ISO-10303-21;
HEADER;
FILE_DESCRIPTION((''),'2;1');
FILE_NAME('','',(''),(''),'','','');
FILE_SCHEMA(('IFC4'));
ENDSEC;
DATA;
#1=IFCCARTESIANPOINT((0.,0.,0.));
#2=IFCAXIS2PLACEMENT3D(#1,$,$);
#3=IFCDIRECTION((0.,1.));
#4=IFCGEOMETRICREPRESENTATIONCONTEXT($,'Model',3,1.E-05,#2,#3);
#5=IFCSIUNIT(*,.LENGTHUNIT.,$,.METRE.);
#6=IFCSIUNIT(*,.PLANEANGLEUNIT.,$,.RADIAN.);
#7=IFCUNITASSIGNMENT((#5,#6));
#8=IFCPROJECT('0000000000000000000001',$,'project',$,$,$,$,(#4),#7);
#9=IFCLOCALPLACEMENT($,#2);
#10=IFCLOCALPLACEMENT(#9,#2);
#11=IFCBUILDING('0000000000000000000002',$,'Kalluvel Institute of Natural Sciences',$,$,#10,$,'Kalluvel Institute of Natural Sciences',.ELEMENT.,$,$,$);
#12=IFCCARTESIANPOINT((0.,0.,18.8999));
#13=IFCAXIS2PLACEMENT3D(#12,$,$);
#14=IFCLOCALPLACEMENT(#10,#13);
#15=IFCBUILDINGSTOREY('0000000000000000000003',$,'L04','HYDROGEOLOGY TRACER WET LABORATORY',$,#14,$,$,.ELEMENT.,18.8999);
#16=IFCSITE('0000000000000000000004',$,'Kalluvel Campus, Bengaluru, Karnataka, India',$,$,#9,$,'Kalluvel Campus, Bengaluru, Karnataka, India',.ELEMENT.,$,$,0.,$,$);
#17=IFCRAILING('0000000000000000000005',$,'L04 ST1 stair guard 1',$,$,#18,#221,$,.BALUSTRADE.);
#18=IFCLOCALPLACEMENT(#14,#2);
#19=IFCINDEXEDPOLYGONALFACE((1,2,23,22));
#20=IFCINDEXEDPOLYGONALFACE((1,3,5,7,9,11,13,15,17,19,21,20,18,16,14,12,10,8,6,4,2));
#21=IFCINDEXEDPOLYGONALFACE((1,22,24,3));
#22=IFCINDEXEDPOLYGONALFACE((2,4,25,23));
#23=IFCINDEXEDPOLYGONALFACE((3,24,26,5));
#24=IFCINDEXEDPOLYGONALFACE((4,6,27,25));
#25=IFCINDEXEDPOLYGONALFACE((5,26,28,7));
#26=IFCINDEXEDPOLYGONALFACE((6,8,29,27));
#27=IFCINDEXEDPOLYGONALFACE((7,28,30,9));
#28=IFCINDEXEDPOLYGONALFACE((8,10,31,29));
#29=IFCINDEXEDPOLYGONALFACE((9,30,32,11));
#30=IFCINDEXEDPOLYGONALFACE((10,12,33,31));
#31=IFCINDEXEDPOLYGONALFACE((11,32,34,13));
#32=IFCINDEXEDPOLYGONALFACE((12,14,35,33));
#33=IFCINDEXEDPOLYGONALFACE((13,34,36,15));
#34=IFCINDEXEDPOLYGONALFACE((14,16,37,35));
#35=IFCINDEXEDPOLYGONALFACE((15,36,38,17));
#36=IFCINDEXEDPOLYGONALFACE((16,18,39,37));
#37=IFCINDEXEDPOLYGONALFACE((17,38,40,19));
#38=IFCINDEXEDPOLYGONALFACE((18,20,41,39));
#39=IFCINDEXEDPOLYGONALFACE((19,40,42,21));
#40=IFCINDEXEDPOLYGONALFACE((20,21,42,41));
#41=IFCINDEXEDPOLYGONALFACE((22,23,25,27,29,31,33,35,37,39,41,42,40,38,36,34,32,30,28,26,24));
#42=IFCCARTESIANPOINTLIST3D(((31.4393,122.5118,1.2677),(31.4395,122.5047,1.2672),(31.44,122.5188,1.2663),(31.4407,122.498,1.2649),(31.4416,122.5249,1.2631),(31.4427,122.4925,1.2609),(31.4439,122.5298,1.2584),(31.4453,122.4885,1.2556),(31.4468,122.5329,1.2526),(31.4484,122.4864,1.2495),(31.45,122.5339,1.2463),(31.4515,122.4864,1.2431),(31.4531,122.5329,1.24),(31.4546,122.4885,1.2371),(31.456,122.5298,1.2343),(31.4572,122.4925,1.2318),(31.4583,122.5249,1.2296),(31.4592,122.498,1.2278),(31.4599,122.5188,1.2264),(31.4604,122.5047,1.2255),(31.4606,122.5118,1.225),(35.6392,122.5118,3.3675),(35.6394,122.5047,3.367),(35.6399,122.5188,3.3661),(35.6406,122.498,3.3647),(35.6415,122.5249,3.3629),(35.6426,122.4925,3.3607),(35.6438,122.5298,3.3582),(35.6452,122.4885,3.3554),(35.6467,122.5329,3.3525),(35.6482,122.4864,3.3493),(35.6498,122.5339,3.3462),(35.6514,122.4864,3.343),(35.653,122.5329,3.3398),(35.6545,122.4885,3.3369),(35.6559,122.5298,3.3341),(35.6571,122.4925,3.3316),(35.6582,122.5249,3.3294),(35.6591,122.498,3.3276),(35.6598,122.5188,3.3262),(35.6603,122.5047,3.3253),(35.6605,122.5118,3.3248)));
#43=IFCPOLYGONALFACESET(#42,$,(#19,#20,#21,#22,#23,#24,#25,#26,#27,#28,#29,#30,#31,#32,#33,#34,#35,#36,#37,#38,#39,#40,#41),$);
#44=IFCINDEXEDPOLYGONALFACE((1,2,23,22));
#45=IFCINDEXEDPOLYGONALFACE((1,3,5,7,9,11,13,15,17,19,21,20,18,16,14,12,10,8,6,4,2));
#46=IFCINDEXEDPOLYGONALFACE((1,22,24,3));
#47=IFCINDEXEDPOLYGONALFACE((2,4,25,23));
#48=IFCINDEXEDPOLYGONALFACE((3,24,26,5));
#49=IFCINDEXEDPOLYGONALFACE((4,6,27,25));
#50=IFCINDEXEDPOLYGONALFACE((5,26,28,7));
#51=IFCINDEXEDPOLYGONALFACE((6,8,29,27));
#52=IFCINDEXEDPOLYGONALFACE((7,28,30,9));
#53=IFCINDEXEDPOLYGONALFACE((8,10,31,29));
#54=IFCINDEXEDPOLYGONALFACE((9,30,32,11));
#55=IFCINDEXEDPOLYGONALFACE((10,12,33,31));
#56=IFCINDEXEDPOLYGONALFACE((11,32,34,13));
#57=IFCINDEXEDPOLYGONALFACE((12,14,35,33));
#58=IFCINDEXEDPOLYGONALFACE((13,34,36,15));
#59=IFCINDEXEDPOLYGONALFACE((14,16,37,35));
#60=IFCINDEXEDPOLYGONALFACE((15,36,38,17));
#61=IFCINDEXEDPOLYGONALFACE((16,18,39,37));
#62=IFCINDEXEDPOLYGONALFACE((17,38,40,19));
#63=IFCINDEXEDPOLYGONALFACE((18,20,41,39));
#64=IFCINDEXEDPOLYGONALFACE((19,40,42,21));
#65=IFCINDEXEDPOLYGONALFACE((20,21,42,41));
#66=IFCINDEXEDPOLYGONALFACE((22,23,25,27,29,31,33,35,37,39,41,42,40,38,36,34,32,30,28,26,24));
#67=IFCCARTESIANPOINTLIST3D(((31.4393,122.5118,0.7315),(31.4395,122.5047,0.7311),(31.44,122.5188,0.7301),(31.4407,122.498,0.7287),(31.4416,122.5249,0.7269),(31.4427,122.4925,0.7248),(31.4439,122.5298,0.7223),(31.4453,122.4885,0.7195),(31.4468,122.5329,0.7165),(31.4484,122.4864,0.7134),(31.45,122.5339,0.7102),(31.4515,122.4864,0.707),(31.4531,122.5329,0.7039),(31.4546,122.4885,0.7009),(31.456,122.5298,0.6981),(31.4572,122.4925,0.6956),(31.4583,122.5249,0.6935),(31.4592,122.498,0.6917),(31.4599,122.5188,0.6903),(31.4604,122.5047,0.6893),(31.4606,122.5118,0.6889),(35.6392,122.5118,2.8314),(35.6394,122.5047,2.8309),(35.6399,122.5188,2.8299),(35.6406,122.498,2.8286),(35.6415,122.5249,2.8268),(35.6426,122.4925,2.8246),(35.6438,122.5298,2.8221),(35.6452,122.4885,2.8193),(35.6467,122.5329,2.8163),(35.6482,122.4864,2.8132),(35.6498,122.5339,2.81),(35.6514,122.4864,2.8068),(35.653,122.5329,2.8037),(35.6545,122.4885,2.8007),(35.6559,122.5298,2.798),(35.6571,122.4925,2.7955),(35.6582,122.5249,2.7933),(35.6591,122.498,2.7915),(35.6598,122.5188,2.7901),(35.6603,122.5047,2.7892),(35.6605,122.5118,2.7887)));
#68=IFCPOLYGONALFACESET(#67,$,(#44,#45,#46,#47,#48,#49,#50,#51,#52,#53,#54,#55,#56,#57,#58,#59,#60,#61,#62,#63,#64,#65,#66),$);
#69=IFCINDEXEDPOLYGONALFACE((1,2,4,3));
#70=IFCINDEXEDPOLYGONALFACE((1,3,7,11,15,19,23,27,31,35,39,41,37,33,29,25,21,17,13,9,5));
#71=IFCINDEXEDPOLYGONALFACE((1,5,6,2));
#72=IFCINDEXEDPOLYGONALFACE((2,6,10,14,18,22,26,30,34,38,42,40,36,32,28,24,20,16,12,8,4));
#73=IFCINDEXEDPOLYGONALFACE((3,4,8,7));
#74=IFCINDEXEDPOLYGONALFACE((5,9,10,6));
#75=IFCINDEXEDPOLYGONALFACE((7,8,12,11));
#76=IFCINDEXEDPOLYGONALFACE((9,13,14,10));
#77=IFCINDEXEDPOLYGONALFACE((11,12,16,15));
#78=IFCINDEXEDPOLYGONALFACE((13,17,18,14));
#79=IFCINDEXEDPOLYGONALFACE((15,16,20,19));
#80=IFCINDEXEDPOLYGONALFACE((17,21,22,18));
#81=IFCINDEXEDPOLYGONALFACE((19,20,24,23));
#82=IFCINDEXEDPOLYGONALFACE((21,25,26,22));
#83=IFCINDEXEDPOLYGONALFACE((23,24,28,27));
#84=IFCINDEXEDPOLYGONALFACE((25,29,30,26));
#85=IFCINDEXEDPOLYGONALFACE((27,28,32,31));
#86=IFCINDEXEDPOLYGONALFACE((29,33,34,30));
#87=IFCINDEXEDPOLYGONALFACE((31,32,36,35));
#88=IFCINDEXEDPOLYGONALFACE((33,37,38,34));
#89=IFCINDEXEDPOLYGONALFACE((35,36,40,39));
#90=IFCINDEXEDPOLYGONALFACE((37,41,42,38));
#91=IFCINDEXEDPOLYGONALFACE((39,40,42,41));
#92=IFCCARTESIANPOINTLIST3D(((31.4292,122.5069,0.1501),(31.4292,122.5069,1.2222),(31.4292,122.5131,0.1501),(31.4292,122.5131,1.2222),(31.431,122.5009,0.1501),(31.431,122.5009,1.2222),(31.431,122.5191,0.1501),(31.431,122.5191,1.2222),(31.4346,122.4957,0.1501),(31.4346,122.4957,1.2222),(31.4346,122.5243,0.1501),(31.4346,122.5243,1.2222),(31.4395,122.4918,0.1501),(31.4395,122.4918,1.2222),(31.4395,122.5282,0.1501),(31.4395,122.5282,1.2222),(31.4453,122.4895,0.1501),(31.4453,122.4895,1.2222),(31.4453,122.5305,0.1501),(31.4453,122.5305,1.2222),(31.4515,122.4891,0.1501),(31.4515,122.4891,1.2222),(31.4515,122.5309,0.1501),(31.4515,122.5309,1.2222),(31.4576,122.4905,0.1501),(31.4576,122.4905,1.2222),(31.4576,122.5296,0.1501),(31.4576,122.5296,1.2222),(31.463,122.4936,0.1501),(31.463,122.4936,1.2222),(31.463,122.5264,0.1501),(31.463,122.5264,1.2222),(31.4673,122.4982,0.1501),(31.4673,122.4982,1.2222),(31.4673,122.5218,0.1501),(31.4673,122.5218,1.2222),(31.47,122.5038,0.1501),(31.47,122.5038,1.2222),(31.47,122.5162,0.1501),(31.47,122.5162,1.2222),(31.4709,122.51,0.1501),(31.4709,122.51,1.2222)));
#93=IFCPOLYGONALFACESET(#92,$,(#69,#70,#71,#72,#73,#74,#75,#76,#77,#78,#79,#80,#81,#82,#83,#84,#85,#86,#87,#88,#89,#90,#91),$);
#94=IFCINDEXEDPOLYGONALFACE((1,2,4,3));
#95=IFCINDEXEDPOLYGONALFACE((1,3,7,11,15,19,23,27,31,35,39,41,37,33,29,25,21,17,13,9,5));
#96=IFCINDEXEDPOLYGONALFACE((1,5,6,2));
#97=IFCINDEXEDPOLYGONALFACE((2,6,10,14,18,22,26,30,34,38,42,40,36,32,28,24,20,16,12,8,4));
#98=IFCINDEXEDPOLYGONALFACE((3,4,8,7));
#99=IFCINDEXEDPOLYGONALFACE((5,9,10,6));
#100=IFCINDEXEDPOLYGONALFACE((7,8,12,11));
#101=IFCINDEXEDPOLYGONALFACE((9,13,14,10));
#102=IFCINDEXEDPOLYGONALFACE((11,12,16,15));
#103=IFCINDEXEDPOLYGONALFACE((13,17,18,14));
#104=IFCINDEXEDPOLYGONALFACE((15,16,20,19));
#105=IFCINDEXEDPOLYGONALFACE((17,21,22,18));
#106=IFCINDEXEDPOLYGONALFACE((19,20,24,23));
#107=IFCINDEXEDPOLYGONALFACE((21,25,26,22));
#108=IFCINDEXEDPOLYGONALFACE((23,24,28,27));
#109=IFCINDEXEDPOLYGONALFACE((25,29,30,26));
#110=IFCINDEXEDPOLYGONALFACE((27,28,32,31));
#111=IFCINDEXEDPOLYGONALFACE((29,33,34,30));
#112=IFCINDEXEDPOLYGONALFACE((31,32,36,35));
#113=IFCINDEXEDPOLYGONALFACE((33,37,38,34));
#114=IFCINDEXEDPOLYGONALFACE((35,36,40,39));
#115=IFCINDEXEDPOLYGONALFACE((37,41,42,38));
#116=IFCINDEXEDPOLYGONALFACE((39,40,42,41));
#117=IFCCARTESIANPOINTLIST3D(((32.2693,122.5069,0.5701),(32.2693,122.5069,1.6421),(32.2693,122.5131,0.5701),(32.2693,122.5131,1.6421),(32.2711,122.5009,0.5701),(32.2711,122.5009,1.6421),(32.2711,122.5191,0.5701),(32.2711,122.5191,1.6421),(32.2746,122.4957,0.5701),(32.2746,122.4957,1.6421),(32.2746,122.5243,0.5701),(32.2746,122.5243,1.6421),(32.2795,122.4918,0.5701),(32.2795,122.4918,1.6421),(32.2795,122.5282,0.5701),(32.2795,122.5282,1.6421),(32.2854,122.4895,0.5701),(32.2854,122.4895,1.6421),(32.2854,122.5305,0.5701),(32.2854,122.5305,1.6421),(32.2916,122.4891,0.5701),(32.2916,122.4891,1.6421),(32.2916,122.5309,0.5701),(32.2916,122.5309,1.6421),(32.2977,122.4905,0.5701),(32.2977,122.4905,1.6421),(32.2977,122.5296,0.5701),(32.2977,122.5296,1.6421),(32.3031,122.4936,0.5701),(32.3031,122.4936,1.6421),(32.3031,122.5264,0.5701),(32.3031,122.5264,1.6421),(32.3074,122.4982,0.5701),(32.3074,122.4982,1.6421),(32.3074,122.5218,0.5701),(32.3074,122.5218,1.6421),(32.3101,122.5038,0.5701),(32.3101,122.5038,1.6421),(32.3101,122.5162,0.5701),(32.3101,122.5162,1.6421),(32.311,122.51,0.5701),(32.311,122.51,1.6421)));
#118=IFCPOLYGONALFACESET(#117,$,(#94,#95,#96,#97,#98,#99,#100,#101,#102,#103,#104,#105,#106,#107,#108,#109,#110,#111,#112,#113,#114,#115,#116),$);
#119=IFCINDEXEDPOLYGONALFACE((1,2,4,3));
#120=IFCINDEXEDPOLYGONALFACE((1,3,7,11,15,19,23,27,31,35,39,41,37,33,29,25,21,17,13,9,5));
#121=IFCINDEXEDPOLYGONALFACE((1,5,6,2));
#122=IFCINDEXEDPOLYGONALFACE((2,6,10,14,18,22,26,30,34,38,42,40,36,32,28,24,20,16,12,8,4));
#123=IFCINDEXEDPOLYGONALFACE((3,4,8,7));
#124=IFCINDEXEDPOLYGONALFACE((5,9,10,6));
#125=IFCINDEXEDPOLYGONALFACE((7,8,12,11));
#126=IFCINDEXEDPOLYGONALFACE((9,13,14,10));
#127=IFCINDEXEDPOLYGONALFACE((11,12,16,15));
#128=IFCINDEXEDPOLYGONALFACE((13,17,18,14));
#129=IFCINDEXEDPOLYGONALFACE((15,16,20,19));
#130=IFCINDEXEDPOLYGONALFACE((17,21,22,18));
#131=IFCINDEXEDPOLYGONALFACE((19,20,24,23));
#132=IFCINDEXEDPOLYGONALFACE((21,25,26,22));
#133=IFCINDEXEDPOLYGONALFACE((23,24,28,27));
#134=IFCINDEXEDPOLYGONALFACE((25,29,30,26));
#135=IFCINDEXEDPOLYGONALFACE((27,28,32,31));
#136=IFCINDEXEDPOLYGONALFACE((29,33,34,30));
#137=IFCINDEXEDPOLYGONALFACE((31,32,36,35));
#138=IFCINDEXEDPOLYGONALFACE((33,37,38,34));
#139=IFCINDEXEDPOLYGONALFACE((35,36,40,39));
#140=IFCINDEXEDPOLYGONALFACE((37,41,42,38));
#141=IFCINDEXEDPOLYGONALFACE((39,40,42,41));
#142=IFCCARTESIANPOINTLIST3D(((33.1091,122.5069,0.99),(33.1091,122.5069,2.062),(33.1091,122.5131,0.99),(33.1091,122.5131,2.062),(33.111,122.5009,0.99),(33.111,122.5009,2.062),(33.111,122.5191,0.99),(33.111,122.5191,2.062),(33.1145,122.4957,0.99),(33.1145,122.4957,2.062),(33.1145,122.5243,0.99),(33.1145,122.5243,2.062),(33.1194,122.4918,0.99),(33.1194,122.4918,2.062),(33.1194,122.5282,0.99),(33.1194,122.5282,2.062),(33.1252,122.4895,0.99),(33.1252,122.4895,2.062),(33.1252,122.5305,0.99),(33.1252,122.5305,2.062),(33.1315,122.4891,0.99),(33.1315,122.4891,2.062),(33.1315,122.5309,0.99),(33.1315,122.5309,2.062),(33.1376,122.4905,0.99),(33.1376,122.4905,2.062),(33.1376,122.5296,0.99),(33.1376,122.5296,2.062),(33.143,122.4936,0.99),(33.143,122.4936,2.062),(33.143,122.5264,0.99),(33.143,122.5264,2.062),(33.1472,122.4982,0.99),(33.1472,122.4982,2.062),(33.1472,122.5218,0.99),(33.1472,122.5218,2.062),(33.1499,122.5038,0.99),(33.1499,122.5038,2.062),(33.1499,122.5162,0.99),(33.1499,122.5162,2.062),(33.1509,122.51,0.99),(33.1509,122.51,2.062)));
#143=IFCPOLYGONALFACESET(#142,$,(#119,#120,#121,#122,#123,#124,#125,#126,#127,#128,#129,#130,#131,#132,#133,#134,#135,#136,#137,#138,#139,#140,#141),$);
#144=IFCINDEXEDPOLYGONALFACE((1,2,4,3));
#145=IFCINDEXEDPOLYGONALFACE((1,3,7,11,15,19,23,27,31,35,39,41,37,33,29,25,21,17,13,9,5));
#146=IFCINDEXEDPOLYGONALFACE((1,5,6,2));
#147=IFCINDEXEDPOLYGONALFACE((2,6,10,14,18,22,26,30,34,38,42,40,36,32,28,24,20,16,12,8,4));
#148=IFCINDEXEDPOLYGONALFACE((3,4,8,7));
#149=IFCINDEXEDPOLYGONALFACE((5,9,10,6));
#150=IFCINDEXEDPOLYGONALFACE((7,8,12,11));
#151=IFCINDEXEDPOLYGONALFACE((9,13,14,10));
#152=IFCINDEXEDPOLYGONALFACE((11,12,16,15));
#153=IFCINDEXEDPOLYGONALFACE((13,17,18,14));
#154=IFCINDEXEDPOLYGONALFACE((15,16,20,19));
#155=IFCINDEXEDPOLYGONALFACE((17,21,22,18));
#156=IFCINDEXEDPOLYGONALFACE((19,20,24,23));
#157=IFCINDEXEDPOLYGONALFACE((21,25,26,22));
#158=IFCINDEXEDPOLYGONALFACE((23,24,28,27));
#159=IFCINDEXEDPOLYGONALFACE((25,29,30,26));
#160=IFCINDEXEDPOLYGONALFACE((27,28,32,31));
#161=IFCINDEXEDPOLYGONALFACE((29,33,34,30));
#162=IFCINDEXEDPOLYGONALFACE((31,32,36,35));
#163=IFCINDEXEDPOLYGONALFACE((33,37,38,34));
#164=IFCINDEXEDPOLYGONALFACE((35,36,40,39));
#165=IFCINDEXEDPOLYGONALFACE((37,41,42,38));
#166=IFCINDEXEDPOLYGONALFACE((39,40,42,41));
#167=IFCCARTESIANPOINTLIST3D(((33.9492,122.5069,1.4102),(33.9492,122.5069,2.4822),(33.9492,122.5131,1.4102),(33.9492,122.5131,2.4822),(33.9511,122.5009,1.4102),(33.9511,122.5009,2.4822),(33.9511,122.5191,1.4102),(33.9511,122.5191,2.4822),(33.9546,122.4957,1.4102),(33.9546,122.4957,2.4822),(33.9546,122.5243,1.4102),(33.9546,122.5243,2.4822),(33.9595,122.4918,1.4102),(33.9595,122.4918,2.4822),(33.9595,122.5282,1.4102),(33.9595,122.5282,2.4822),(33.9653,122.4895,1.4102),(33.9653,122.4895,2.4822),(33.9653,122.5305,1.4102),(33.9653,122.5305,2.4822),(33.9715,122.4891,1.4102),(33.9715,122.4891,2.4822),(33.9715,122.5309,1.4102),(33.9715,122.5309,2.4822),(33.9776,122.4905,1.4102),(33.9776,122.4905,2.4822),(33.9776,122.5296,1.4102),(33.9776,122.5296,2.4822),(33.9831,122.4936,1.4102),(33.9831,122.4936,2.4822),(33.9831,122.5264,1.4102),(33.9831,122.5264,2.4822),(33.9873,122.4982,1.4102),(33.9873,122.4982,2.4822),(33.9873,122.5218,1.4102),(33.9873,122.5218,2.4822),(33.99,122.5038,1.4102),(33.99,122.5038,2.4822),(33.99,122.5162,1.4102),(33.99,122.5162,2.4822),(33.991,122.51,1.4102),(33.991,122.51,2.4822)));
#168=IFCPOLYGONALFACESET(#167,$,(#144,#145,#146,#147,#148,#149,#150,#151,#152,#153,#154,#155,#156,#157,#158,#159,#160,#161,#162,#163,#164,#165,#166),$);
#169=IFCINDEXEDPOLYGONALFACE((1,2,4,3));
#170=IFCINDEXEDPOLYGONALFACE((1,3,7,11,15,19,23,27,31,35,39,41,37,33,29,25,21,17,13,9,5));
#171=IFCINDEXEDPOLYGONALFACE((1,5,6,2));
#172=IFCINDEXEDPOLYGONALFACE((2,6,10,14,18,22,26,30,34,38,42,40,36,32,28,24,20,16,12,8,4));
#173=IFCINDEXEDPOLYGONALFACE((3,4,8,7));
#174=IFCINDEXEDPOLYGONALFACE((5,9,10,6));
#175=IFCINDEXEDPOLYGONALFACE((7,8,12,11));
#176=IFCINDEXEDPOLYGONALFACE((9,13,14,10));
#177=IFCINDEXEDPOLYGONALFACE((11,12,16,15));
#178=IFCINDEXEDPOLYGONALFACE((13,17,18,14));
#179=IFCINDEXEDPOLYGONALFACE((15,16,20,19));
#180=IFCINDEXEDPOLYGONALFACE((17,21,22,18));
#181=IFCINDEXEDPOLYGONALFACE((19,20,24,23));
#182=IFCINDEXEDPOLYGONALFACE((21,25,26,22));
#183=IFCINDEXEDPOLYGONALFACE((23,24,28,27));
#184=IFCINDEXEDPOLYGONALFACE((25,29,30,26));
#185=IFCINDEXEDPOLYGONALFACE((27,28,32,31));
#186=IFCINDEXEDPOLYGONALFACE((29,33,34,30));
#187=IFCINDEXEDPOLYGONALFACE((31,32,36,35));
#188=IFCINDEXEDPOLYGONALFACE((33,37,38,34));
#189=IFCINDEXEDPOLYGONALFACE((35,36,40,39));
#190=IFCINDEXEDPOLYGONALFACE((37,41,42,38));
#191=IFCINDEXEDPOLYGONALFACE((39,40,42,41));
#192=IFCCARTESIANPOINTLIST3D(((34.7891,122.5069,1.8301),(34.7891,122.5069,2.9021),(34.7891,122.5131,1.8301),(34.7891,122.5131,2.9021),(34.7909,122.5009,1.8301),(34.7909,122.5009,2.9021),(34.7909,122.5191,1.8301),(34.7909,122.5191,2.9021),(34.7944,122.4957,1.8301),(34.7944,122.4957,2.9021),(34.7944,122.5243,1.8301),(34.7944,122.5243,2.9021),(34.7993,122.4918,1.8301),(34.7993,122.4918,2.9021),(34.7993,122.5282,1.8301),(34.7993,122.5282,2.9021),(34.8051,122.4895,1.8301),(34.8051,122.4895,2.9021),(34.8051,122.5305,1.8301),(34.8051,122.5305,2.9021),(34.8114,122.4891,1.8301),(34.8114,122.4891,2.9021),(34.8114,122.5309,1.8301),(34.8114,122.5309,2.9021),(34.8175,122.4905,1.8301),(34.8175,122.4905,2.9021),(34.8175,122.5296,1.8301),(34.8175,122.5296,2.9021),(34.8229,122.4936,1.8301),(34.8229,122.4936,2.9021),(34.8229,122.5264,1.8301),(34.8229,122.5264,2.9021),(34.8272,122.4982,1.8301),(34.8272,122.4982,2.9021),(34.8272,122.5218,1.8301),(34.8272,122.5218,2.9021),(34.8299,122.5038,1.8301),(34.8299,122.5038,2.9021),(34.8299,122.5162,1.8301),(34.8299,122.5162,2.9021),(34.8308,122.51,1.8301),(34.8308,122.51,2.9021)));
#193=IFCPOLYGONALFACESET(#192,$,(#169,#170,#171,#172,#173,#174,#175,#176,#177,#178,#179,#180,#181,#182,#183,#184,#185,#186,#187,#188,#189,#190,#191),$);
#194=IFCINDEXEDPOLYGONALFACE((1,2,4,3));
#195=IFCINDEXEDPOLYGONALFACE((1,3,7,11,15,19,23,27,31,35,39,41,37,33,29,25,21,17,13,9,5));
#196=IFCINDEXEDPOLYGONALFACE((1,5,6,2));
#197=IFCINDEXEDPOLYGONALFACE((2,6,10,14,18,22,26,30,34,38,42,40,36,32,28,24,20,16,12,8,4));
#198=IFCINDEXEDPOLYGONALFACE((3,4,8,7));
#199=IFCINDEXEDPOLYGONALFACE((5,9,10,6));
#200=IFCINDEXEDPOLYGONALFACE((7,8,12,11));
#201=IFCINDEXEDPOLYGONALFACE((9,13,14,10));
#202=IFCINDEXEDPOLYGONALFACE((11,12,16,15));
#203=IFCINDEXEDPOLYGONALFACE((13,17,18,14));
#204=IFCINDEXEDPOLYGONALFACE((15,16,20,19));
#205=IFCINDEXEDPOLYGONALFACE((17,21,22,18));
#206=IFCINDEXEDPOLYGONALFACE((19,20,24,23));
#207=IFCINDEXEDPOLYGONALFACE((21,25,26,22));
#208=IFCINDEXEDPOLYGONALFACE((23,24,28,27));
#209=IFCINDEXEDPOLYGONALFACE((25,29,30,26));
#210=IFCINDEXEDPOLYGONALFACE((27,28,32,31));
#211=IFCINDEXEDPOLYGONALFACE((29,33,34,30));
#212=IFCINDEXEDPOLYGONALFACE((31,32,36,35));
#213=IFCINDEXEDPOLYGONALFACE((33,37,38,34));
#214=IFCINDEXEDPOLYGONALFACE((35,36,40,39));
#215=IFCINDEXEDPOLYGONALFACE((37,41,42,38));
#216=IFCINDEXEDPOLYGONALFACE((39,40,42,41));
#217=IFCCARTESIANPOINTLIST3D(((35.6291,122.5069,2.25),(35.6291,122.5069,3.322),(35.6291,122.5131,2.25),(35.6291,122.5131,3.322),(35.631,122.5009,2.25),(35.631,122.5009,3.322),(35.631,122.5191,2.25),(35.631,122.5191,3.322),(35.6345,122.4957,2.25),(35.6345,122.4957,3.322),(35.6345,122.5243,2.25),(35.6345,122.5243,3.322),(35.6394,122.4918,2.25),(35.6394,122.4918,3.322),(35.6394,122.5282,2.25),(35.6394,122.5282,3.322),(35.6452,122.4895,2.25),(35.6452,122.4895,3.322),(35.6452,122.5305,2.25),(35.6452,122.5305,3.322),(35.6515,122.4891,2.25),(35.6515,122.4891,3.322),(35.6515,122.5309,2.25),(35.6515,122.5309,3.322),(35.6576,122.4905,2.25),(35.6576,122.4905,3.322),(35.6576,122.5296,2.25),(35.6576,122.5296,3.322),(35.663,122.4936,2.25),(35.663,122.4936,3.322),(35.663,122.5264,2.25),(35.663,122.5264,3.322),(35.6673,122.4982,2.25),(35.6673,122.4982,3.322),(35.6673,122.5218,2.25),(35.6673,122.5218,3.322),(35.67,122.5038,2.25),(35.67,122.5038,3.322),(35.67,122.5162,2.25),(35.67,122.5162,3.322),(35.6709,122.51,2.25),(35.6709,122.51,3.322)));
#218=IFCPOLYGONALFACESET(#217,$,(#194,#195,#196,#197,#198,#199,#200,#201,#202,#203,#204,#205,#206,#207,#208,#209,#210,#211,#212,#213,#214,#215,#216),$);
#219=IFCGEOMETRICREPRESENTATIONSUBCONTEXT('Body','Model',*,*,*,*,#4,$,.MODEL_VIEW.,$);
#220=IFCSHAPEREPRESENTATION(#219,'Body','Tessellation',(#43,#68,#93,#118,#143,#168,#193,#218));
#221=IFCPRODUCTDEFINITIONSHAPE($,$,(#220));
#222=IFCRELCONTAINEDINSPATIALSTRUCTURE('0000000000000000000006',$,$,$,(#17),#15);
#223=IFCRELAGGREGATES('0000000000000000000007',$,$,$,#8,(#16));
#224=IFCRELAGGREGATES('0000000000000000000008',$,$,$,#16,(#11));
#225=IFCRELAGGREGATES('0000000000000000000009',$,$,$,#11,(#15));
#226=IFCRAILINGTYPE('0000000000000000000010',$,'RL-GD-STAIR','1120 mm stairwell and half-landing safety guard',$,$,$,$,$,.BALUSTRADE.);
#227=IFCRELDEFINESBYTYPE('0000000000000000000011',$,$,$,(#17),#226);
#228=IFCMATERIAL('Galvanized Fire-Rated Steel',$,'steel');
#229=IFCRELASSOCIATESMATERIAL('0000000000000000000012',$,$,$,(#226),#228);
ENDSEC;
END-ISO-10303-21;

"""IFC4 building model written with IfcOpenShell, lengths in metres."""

from ifc_helpers import new_model, si_unit, direction, frame, origin, origin_2d, place, context, subcontext, project, spatial, circle, extrude, material, type_object, element, save


model = new_model("IFC4")

# Units and contexts
model_context = context("Model", 3, precision=1e-05, world=origin(), true_north=direction((0.0, 1.0)))
body_context = subcontext(model_context, "Body", "Model", "MODEL_VIEW")
ifc_project = project(units=[si_unit("LENGTHUNIT", "METRE"), si_unit("PLANEANGLEUNIT", "RADIAN")], contexts=[model_context])

# Site, building, storey
site_placement = place(None, origin())
site = spatial("IfcSite", under=ifc_project, at=site_placement, Name="Kalluvel Campus, Bengaluru, Karnataka, India", LongName="Kalluvel Campus, Bengaluru, Karnataka, India", CompositionType="ELEMENT", RefElevation=0.0)
building_placement = place(site_placement, origin())
building = spatial("IfcBuilding", under=site, at=building_placement, Name="Kalluvel Institute of Natural Sciences", LongName="Kalluvel Institute of Natural Sciences", CompositionType="ELEMENT")
storey_placement = place(building_placement, frame((0.0, 0.0, 18.8999)))
storey = spatial("IfcBuildingStorey", under=building, at=storey_placement, Name="L04", Description="HYDROGEOLOGY TRACER WET LABORATORY", CompositionType="ELEMENT", Elevation=18.8999)

# Shared definitions
ifc_material_1 = material(Name="Galvanized Fire-Rated Steel", Category="steel")

# Railing
railing_type_1 = type_object("IfcRailingType", Name="RL-GD-STAIR", Description="1120 mm stairwell and half-landing safety guard", PredefinedType="BALUSTRADE", material=ifc_material_1)
railing_1_placement = place(storey_placement, frame((31.45, 122.51, 0.1501)))
element("IfcRailing", 1, at=railing_1_placement, inside=storey, type_object=railing_type_1, Name="L04 ST1 stair guard 1", PredefinedType="BALUSTRADE", context=body_context, shape_type="SweptSolid", body=[
    extrude(circle(Radius=0.0239, at=origin_2d()), frame((0.0, 0.0, 1.0962), z_axis=(0.894438, 0.0, 0.447193), x_axis=(0.0, 1.0, 0.0)), (0.0, 0.0, 1.0), 4.6956),
    extrude(circle(Radius=0.0239, at=origin_2d()), frame((0.0, 0.0, 0.5601), z_axis=(0.894438, 0.0, 0.447193), x_axis=(0.0, 1.0, 0.0)), (0.0, 0.0, 1.0), 4.6956),
    extrude(circle(Radius=0.021, at=origin_2d()), origin(), (0.0, 0.0, 1.0), 1.072),
    extrude(circle(Radius=0.021, at=origin_2d()), frame((0.8401, 0.0, 0.4199)), (0.0, 0.0, 1.0), 1.072),
    extrude(circle(Radius=0.021, at=origin_2d()), frame((1.6799, 0.0, 0.8398)), (0.0, 0.0, 1.0), 1.072),
    extrude(circle(Radius=0.021, at=origin_2d()), frame((2.52, 0.0, 1.26)), (0.0, 0.0, 1.0), 1.072),
    extrude(circle(Radius=0.021, at=origin_2d()), frame((3.3599, 0.0, 1.6799)), (0.0, 0.0, 1.0), 1.072),
    extrude(circle(Radius=0.021, at=origin_2d()), frame((4.2, 0.0, 2.0999)), (0.0, 0.0, 1.0), 1.072),
])

save(model, "model.ifc")
